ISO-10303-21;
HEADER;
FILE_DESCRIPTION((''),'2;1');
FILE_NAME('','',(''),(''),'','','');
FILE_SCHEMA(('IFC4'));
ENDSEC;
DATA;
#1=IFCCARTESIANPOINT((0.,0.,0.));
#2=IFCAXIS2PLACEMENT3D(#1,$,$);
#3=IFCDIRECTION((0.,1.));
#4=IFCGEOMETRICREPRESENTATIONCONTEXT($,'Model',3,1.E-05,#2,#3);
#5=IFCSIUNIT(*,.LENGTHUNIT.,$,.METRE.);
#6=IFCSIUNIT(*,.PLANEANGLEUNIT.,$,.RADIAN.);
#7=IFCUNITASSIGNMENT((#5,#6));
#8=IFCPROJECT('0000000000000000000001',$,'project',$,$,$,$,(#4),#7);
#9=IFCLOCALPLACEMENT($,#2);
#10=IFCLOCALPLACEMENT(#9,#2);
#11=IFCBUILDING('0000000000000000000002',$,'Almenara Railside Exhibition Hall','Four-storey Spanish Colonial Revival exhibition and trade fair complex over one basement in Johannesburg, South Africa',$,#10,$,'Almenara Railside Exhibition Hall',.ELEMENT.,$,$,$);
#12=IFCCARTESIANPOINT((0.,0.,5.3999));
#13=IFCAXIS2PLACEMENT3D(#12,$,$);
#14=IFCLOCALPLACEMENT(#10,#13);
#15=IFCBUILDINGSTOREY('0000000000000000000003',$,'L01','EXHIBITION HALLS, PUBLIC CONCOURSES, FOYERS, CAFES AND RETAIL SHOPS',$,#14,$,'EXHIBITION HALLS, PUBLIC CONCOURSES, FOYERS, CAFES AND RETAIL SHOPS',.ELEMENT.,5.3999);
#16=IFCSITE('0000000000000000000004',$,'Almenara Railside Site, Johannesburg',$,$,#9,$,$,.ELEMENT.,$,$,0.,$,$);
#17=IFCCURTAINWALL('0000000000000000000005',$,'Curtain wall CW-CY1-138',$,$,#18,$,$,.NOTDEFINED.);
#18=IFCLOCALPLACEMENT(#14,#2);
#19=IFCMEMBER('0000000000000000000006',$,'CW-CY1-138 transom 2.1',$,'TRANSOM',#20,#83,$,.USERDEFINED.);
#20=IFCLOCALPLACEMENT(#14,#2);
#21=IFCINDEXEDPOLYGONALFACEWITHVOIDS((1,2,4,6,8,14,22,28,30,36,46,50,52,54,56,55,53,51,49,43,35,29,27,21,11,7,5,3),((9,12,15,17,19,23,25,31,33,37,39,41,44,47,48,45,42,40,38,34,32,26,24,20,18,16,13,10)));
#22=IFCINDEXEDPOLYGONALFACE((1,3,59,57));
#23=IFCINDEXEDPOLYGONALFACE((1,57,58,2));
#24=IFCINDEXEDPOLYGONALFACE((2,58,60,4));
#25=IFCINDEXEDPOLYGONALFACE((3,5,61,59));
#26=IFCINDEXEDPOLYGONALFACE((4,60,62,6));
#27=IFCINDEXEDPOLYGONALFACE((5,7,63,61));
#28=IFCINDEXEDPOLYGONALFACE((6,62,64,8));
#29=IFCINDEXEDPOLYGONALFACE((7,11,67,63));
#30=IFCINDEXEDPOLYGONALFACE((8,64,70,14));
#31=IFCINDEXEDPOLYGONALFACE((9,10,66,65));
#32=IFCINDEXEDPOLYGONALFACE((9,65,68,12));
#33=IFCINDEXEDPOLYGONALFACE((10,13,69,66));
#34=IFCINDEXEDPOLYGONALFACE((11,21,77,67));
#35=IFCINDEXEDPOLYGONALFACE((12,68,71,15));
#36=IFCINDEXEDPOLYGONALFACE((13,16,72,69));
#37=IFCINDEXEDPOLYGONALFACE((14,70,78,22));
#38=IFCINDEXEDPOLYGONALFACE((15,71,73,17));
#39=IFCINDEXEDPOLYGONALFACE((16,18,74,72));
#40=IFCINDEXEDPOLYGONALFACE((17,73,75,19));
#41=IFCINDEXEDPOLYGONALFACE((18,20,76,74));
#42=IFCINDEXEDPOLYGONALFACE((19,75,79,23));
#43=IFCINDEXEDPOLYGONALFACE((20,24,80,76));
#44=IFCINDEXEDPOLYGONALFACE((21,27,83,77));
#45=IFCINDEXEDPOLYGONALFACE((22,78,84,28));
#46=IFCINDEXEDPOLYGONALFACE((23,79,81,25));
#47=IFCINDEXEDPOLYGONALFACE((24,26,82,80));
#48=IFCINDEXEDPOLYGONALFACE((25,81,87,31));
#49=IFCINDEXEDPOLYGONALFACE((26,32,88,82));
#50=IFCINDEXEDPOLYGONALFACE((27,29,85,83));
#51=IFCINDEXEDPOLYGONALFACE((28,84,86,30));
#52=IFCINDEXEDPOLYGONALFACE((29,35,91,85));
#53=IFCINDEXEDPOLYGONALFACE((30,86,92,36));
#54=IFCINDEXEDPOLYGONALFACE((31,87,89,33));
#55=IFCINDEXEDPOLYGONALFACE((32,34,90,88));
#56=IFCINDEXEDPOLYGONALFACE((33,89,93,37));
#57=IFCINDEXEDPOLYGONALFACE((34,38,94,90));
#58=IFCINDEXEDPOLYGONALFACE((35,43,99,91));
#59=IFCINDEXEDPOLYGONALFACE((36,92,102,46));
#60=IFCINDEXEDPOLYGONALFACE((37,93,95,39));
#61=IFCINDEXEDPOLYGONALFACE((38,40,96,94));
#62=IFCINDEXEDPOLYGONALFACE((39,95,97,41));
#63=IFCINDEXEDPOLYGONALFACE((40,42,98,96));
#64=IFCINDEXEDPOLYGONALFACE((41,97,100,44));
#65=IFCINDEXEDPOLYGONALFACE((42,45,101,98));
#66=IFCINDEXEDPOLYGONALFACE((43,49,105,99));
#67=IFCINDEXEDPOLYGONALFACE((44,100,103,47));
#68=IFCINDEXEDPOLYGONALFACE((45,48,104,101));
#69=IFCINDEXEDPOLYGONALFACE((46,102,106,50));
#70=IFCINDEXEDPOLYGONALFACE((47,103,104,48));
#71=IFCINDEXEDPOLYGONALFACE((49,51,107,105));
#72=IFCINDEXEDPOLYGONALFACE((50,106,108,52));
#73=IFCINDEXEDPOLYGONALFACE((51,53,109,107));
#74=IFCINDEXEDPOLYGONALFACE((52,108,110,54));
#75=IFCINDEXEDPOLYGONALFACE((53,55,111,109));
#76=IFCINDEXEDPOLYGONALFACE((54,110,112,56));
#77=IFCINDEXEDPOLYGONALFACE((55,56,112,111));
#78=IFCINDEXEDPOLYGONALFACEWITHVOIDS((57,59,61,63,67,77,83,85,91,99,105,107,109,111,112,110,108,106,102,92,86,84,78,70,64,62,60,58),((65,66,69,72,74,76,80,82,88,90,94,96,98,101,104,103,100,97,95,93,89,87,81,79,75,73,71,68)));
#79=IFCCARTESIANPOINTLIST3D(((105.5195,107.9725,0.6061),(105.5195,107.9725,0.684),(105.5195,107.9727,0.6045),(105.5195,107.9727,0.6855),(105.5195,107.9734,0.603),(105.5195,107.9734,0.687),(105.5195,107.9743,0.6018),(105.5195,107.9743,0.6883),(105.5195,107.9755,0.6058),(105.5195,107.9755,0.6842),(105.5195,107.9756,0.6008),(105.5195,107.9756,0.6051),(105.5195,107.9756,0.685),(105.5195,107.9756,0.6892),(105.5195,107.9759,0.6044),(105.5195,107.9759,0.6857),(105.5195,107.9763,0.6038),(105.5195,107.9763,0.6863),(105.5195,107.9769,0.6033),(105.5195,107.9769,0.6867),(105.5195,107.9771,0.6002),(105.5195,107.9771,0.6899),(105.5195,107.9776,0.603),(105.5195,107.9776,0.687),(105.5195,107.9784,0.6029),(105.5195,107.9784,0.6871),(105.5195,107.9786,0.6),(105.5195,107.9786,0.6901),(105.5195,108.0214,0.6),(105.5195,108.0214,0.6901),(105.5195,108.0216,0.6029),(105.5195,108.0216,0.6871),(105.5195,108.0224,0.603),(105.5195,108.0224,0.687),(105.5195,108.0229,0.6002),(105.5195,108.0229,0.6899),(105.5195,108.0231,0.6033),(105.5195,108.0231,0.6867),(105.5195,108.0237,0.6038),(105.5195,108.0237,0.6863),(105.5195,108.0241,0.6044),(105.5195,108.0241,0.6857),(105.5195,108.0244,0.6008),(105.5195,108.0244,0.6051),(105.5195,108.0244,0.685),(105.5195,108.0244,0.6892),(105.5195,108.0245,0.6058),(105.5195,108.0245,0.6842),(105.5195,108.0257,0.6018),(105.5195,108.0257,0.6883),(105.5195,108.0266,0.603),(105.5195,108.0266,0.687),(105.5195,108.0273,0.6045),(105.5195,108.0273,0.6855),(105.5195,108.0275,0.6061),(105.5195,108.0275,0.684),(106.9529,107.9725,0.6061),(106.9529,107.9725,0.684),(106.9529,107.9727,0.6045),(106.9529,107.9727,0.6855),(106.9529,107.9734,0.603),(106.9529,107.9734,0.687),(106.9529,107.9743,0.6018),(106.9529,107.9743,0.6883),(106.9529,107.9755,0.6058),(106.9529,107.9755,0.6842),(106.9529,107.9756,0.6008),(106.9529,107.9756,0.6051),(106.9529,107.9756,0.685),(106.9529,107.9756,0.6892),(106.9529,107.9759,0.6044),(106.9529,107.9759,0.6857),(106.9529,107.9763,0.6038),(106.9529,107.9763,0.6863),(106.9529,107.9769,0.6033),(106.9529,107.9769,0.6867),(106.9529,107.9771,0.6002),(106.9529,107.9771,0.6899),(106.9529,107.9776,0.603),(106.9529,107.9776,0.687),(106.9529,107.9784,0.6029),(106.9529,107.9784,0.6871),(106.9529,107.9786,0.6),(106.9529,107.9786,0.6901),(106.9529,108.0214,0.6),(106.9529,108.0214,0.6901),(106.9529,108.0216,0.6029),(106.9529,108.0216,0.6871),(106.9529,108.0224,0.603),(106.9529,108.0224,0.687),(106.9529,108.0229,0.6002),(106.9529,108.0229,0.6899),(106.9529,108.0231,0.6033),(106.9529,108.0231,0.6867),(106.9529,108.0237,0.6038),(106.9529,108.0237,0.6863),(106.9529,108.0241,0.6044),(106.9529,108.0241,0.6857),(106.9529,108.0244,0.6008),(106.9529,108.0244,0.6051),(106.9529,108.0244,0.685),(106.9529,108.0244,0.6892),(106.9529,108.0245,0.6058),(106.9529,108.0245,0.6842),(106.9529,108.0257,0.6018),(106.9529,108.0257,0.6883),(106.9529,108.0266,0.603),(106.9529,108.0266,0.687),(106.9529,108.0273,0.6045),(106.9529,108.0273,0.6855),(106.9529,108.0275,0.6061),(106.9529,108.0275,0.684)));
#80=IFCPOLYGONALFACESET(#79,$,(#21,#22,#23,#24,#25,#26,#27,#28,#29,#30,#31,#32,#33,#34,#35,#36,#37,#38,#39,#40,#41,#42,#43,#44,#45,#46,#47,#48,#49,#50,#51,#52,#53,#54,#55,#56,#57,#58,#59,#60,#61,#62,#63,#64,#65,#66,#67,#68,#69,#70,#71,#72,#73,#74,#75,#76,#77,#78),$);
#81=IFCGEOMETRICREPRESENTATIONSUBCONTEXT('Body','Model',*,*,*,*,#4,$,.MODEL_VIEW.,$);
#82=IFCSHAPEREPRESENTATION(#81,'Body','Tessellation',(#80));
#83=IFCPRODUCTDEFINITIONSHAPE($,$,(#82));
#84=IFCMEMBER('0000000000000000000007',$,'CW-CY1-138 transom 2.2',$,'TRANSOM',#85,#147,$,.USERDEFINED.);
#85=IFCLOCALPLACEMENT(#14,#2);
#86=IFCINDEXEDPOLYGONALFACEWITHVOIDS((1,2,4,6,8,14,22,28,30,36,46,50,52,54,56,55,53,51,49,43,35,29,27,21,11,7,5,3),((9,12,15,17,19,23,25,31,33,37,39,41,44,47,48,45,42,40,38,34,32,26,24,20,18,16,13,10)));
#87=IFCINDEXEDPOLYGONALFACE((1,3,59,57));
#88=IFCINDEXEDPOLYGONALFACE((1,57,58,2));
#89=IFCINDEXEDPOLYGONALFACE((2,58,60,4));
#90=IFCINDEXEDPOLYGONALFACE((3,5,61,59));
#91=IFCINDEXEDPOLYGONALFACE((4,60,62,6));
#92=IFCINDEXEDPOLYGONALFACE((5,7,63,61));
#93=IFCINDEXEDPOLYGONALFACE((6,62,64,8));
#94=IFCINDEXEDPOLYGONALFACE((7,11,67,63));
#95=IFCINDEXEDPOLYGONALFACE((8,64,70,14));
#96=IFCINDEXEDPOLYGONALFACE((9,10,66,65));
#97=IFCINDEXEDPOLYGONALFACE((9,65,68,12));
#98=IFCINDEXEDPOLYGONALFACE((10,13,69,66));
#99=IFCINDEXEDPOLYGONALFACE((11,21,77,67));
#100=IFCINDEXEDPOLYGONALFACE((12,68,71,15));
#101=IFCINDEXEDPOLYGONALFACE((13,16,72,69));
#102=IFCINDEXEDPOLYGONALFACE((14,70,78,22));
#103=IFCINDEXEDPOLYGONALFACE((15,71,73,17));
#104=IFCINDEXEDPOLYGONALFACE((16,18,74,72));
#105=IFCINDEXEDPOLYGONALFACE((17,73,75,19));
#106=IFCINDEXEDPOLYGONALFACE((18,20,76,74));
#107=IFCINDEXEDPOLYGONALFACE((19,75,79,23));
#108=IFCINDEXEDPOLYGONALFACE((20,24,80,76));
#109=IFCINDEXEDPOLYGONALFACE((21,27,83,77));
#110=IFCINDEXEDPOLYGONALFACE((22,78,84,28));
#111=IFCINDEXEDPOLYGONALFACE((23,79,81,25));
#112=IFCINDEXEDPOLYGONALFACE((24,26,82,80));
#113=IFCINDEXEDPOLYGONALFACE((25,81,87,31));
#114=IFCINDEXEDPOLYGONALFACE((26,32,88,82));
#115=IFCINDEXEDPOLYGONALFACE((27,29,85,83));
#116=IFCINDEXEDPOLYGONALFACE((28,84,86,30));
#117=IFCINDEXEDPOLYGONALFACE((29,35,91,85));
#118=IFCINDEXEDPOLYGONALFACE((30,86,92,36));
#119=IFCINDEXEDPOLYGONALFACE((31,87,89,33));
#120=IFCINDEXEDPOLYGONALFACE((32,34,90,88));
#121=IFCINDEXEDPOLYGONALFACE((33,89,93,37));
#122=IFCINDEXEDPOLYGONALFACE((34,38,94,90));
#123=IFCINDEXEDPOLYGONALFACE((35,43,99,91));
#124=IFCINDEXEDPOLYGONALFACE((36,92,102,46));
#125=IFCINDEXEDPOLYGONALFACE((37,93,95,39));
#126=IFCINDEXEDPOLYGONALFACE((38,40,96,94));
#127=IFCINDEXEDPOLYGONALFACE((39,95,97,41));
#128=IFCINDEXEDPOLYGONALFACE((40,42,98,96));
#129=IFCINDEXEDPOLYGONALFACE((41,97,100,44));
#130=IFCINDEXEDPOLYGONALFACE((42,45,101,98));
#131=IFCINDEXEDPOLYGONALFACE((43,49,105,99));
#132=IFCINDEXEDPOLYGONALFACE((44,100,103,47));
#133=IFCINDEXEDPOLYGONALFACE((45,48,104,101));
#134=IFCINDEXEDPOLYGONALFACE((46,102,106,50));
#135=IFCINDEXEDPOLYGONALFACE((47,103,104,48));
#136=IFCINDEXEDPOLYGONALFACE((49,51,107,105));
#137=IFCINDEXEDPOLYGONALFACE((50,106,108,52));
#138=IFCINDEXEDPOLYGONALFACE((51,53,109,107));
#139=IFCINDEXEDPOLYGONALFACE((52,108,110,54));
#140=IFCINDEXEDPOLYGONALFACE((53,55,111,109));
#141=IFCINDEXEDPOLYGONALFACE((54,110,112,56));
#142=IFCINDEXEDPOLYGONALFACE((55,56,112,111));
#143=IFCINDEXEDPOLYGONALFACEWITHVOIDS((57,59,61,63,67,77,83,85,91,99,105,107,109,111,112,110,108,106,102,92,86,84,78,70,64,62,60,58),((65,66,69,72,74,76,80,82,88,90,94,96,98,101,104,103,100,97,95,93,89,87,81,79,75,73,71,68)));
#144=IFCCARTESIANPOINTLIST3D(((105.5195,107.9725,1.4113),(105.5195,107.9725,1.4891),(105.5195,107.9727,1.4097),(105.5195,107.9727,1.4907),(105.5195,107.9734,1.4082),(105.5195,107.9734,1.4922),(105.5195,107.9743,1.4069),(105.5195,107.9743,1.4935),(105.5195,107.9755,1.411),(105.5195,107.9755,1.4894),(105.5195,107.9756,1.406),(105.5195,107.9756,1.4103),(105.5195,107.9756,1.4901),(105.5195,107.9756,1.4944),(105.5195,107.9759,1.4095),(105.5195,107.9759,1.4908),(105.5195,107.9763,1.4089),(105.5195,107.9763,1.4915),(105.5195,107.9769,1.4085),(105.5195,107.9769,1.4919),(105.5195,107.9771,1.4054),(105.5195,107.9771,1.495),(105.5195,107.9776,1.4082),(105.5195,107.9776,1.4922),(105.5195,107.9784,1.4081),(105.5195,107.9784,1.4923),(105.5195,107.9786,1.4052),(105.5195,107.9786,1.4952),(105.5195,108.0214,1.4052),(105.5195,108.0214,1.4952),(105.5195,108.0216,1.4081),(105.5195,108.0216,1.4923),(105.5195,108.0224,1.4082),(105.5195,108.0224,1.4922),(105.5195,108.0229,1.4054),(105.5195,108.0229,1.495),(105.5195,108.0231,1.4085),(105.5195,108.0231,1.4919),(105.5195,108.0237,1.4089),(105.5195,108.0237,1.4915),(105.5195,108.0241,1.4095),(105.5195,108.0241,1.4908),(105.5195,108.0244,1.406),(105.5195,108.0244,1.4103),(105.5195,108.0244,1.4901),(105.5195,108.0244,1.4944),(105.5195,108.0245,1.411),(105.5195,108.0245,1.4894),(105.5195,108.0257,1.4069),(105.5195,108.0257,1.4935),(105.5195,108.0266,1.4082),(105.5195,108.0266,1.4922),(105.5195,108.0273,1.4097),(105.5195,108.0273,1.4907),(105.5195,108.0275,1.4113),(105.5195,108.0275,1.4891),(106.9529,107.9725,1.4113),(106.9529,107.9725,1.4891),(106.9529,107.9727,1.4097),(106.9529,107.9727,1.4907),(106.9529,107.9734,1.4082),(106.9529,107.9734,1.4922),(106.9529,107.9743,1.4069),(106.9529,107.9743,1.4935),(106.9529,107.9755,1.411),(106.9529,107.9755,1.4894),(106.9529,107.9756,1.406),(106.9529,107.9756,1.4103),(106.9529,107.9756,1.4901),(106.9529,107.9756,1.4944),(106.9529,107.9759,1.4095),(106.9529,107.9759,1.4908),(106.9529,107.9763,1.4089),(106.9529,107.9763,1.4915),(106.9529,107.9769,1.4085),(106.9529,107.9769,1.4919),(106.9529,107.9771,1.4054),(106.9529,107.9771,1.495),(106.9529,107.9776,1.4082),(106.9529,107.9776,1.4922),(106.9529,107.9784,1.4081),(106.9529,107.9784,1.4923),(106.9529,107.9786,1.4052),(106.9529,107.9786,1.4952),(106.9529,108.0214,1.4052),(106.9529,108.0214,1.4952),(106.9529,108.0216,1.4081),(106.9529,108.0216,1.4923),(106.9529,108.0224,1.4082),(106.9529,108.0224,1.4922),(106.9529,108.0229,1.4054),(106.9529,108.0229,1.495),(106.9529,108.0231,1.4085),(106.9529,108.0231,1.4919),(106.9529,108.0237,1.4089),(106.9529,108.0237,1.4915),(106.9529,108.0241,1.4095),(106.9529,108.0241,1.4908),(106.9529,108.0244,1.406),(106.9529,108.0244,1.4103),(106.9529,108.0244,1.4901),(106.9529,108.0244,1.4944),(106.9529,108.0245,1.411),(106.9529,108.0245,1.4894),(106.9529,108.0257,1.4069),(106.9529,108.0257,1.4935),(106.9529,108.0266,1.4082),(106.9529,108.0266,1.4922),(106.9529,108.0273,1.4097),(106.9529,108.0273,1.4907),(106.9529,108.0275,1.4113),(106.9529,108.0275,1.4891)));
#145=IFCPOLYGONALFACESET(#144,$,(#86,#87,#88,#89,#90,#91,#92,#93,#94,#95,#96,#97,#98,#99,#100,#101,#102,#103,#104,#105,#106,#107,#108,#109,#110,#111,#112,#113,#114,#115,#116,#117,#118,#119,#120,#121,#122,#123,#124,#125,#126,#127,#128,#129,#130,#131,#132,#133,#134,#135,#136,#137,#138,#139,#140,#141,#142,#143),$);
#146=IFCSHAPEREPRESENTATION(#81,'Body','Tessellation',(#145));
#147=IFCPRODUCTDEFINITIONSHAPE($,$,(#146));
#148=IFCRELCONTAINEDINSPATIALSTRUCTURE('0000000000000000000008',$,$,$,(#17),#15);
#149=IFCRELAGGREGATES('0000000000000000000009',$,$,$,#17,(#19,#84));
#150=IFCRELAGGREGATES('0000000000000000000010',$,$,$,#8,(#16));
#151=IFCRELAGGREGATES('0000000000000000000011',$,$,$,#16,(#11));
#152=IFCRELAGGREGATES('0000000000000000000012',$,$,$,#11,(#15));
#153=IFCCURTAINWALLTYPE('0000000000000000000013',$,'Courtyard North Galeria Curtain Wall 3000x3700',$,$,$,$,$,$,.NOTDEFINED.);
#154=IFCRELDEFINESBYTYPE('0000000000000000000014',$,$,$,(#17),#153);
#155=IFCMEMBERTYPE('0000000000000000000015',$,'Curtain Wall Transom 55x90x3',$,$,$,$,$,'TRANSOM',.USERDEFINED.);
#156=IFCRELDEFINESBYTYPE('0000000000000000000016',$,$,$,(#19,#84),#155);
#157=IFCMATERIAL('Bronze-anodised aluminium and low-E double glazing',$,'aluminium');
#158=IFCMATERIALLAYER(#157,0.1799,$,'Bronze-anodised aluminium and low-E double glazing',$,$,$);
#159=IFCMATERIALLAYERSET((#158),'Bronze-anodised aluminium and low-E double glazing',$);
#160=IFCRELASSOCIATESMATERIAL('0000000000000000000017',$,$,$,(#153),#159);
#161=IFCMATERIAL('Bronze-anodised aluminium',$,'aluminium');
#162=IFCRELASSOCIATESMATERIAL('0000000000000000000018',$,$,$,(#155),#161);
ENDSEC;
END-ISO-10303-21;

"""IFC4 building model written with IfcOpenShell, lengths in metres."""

from ifc_helpers import new_model, si_unit, direction, frame, origin, origin_2d, place, context, subcontext, project, spatial, hollow_rectangle, extrude, material, layer, layer_set, material_profile, profile_set, type_object, element, aggregate, save


model = new_model("IFC4")

# Units and contexts
model_context = context("Model", 3, precision=1e-05, world=origin(), true_north=direction((0.0, 1.0)))
body_context = subcontext(model_context, "Body", "Model", "MODEL_VIEW")
ifc_project = project(units=[si_unit("LENGTHUNIT", "METRE"), si_unit("PLANEANGLEUNIT", "RADIAN")], contexts=[model_context])

# Site, building, storey
site_placement = place(None, origin())
site = spatial("IfcSite", under=ifc_project, at=site_placement, Name="Almenara Railside Site, Johannesburg", CompositionType="ELEMENT", RefElevation=0.0)
building_placement = place(site_placement, origin())
building = spatial("IfcBuilding", under=site, at=building_placement, Name="Almenara Railside Exhibition Hall", Description="Four-storey Spanish Colonial Revival exhibition and trade fair complex over one basement in Johannesburg, South Africa", LongName="Almenara Railside Exhibition Hall", CompositionType="ELEMENT")
storey_placement = place(building_placement, frame((0.0, 0.0, 5.3999)))
storey = spatial("IfcBuildingStorey", under=building, at=storey_placement, Name="L01", Description="EXHIBITION HALLS, PUBLIC CONCOURSES, FOYERS, CAFES AND RETAIL SHOPS", LongName="EXHIBITION HALLS, PUBLIC CONCOURSES, FOYERS, CAFES AND RETAIL SHOPS", CompositionType="ELEMENT", Elevation=5.3999)

# Curtain wall
ifc_material_1 = material(Name="Bronze-anodised aluminium and low-E double glazing", Category="aluminium")
ifc_layer_1 = layer(ifc_material_1, 0.1799, Name="Bronze-anodised aluminium and low-E double glazing")
ifc_layer_set_1 = layer_set([ifc_layer_1], Name="Bronze-anodised aluminium and low-E double glazing")
curtain_wall_type = type_object("IfcCurtainWallType", Name="Courtyard North Galeria Curtain Wall 3000x3700", PredefinedType="NOTDEFINED", material=ifc_layer_set_1)
curtain_wall_1_placement = place(storey_placement, origin())
curtain_wall_1 = element("IfcCurtainWall", 1, at=curtain_wall_1_placement, inside=storey, type_object=curtain_wall_type, Name="Curtain wall CW-CY1-138", PredefinedType="NOTDEFINED")
ifc_material_2 = material(Name="Bronze-anodised aluminium", Category="aluminium")

# Members
ifc_material_profile_1 = material_profile(ifc_material_2, hollow_rectangle(XDim=0.0549, YDim=0.0901, WallThickness=0.0029, InnerFilletRadius=0.0029, OuterFilletRadius=0.0061, at=origin_2d()), Name="ALU-TRN 55x90x3")
ifc_profile_set_1 = profile_set([ifc_material_profile_1], Name="Bronze-anodised aluminium")
member_type_1 = type_object("IfcMemberType", Name="Curtain Wall Transom 55x90x3", ElementType="TRANSOM", PredefinedType="USERDEFINED", material=ifc_profile_set_1)
member_1_placement = place(storey_placement, frame((105.5195, 108.0, 0.645), z_axis=(1.0, 0.0, 0.0), x_axis=(0.0, 1.0, 0.0)))
member_1 = element("IfcMember", 2, at=member_1_placement, type_object=member_type_1, Name="CW-CY1-138 transom 2.1", ObjectType="TRANSOM", PredefinedType="USERDEFINED", context=body_context, shape_type="SweptSolid", body=[
    extrude(hollow_rectangle(XDim=0.0549, YDim=0.0901, WallThickness=0.0029, InnerFilletRadius=0.0029, OuterFilletRadius=0.0061, at=origin_2d()), origin(), (0.0, 0.0, 1.0), 1.4333),
])
member_2_placement = place(storey_placement, frame((105.5195, 108.0, 1.4502), z_axis=(1.0, 0.0, 0.0), x_axis=(0.0, 1.0, 0.0)))
member_2 = element("IfcMember", 3, at=member_2_placement, type_object=member_type_1, Name="CW-CY1-138 transom 2.2", ObjectType="TRANSOM", PredefinedType="USERDEFINED", context=body_context, shape_type="SweptSolid", body=[
    extrude(hollow_rectangle(XDim=0.0549, YDim=0.0901, WallThickness=0.0029, InnerFilletRadius=0.0029, OuterFilletRadius=0.0061, at=origin_2d()), origin(), (0.0, 0.0, 1.0), 1.4333),
])

aggregate(curtain_wall_1, [member_1, member_2])

save(model, "model.ifc")
